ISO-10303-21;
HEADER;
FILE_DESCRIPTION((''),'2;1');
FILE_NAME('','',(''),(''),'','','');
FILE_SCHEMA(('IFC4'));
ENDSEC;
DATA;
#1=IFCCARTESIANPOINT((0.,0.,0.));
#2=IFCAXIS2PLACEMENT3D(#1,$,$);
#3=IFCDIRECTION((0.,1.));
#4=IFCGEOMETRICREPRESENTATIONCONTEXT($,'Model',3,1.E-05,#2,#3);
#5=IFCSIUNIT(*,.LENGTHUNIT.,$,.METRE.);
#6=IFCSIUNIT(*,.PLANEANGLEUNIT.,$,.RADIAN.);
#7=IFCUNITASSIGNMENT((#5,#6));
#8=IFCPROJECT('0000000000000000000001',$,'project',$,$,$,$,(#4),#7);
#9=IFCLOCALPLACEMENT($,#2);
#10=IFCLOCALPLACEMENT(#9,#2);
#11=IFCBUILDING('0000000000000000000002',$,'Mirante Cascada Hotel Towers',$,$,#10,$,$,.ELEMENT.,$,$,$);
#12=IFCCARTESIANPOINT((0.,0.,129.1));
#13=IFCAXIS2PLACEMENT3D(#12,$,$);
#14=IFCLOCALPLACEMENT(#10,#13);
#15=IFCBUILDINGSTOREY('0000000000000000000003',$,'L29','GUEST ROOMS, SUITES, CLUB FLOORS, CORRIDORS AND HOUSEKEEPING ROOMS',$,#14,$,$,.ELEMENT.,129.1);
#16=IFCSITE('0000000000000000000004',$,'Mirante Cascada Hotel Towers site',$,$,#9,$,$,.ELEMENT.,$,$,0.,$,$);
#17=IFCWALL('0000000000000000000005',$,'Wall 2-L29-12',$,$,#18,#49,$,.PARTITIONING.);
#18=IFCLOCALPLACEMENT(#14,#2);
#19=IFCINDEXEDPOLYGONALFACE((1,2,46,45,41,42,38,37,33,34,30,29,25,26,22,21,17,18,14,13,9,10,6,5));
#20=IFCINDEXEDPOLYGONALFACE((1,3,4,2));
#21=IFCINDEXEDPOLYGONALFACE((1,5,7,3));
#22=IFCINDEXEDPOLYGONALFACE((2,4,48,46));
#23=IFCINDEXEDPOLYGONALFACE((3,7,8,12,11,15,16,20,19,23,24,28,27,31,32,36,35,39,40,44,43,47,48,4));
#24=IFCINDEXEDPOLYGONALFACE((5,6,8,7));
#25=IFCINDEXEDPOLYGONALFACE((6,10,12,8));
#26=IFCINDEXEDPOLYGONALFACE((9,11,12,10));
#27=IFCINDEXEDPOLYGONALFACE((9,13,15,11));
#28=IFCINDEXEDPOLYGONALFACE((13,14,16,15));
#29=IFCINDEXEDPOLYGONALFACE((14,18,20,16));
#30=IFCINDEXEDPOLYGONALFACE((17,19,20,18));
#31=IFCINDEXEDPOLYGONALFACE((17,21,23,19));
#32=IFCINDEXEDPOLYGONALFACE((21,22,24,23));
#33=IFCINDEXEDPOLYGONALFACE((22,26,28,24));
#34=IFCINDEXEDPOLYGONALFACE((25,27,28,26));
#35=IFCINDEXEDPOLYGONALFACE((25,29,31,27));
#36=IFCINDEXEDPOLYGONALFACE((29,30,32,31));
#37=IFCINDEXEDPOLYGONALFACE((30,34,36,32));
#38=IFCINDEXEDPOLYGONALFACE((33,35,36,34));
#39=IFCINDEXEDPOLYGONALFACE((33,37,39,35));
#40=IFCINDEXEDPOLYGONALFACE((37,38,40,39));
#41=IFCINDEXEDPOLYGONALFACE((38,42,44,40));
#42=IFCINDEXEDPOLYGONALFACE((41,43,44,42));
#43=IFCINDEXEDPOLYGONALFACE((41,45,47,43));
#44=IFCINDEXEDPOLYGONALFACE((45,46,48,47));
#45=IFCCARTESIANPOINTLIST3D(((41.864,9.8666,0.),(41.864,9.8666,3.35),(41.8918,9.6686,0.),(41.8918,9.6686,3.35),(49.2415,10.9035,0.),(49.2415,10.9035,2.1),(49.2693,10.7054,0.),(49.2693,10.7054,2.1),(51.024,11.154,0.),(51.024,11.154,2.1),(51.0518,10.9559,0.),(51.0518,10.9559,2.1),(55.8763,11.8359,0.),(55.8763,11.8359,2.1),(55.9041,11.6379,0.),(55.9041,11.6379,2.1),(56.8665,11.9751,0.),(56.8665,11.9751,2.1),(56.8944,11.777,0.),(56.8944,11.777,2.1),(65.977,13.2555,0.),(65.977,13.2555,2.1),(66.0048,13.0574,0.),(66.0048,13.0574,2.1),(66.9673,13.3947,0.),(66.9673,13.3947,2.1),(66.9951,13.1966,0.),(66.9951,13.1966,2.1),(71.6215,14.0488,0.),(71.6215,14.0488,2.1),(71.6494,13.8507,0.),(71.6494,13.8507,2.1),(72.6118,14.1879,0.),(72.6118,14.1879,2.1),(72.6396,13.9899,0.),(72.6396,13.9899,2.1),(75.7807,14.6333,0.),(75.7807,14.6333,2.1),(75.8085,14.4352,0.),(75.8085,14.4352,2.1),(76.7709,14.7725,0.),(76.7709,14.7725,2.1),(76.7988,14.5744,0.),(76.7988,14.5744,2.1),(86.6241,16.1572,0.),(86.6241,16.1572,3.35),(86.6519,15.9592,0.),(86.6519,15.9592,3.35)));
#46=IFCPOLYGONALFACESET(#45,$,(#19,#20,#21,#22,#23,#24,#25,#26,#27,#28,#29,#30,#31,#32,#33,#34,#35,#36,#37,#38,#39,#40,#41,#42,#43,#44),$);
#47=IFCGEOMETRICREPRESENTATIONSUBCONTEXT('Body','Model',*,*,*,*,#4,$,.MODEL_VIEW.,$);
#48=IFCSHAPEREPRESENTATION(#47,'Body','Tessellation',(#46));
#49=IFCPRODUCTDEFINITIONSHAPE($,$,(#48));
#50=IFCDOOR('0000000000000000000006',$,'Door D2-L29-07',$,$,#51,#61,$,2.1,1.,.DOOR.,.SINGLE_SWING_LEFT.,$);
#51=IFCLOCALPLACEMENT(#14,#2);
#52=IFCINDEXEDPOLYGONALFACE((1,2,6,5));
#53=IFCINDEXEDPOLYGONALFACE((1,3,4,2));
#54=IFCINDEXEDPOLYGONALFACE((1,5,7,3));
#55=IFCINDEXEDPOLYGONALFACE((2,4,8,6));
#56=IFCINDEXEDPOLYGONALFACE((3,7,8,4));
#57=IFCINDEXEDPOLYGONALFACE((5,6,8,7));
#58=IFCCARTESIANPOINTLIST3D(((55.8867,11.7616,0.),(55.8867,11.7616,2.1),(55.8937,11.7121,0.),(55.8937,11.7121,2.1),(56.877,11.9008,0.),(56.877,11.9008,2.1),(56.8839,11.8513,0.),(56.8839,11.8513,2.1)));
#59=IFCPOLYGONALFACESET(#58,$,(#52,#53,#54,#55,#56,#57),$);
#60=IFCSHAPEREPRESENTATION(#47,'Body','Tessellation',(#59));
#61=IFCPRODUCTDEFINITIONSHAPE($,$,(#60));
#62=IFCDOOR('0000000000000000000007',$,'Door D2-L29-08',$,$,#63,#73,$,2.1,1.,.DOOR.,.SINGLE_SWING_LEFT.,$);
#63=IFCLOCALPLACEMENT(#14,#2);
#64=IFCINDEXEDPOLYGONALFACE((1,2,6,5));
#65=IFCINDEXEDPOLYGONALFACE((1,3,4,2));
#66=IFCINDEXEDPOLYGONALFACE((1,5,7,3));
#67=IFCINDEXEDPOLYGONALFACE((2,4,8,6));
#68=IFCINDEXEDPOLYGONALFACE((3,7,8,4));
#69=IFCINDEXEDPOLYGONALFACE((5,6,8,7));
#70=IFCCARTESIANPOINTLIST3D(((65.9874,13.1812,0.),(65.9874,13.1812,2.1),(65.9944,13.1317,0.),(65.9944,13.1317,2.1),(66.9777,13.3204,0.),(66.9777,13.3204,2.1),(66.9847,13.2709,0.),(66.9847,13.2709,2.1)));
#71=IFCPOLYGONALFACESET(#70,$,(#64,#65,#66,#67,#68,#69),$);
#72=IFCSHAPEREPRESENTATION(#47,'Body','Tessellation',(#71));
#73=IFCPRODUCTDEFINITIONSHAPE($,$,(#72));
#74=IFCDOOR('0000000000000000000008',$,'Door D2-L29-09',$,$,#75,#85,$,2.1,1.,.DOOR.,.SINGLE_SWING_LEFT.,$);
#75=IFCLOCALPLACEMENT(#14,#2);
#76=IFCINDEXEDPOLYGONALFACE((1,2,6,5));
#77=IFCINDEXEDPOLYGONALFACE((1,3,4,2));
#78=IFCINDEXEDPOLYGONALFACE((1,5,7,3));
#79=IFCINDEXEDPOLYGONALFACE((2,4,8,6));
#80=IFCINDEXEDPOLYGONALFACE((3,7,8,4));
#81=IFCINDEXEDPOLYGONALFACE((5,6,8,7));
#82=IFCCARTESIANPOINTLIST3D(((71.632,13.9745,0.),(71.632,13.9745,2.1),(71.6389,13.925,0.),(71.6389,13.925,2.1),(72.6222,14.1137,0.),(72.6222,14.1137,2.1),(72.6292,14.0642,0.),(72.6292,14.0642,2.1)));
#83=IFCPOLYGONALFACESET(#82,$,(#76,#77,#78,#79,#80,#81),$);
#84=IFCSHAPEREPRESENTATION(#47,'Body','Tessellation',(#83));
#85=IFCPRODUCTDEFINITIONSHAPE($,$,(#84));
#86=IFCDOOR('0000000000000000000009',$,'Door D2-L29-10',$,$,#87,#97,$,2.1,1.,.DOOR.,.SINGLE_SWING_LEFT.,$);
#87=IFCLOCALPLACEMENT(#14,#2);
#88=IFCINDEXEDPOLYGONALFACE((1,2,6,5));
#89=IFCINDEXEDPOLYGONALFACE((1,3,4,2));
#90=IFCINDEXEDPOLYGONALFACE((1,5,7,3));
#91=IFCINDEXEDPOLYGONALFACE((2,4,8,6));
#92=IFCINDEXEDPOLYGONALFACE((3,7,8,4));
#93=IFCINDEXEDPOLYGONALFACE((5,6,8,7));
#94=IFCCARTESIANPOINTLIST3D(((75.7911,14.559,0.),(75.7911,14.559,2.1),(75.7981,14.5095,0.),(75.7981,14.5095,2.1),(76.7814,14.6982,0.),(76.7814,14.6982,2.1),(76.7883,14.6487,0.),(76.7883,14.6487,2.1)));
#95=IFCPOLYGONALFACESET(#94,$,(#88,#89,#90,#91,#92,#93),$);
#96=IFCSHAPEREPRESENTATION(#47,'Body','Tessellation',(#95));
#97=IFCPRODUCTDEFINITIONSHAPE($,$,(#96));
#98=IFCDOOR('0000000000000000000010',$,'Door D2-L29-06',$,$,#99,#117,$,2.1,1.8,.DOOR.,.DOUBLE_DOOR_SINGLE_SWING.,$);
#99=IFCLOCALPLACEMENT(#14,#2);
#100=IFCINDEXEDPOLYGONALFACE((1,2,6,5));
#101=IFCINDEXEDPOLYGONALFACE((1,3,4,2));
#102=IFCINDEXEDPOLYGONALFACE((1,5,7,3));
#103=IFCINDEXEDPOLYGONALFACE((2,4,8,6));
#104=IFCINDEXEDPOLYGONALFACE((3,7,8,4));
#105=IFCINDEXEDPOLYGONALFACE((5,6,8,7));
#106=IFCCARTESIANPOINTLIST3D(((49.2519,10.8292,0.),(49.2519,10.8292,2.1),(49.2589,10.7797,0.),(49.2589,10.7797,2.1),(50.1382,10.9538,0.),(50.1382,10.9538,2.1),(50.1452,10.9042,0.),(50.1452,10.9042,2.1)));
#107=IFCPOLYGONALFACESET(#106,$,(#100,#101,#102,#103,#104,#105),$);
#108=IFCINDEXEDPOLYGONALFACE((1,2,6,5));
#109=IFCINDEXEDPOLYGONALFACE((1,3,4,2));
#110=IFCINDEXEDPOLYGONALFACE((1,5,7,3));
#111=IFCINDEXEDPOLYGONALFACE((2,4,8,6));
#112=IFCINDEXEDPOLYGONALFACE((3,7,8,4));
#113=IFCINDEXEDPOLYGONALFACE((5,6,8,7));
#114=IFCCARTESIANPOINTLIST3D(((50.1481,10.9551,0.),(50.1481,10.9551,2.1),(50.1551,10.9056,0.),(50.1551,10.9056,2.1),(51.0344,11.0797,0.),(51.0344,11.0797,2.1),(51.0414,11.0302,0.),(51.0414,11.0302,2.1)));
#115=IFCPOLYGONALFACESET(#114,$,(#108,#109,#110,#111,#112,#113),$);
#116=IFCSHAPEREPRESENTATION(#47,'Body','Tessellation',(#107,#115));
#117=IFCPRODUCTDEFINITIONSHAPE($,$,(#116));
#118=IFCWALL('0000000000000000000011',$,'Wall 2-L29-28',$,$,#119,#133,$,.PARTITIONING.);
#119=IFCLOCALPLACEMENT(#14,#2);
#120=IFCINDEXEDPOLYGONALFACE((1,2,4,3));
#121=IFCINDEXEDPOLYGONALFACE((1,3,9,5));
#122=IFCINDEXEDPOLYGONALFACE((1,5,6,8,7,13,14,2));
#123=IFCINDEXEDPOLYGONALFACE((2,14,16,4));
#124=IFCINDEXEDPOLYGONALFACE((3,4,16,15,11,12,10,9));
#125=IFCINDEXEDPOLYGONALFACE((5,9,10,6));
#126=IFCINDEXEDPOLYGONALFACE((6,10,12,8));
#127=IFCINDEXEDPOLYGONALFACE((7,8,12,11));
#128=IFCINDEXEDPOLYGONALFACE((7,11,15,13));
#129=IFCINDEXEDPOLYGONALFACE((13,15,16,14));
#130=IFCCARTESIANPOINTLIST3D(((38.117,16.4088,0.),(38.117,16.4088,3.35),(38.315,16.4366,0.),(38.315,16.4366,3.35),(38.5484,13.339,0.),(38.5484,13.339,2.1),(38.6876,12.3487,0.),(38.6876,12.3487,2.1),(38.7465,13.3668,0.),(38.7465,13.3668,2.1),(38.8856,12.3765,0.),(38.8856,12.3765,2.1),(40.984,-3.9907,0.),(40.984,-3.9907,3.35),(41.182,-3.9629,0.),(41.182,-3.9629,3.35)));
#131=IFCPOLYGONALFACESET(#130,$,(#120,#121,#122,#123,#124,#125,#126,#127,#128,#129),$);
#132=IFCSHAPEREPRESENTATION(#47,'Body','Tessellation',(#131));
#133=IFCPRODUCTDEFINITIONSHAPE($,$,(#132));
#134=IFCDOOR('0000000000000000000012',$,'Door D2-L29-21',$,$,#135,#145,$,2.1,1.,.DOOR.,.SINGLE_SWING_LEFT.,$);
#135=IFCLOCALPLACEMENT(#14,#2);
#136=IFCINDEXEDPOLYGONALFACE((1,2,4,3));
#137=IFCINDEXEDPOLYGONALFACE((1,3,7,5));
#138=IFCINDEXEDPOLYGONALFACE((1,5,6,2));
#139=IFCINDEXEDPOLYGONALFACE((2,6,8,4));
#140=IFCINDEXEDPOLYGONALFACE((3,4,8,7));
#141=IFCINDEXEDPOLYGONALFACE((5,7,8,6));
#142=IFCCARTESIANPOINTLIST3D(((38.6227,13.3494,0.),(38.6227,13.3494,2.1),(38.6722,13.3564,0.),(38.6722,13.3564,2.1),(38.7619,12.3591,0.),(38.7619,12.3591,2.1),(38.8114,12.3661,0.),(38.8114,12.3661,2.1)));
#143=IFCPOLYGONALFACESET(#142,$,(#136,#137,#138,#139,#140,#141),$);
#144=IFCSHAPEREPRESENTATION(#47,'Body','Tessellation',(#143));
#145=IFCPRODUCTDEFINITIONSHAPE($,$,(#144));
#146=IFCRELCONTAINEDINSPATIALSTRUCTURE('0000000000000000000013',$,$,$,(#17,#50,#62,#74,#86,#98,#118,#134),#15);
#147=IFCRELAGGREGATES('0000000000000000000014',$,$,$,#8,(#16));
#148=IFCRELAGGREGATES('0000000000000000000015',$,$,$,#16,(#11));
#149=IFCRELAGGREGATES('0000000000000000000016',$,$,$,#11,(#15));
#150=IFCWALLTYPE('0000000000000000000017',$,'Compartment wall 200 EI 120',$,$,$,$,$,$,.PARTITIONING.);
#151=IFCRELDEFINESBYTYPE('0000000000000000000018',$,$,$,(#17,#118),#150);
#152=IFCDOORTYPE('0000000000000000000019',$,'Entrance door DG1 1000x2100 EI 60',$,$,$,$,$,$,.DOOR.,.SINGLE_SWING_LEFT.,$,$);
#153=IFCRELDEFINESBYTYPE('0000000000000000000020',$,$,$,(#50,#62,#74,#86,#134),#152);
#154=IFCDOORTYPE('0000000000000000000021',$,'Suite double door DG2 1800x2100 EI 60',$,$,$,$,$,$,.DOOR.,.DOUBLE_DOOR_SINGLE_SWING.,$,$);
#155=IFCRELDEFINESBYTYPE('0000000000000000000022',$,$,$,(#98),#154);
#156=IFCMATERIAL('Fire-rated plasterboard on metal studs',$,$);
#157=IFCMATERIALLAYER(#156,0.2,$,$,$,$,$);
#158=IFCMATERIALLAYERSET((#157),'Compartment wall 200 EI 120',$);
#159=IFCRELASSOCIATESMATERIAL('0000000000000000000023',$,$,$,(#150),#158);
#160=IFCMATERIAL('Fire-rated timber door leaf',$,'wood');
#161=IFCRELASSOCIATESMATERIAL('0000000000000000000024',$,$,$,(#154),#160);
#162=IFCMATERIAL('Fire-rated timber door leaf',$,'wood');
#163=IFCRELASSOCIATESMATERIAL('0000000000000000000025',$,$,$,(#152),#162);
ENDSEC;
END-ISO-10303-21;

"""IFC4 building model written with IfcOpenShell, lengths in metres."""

from ifc_helpers import new_model, si_unit, direction, frame, frame_2d, origin, place, context, subcontext, project, spatial, rectangle, extrude, material, layer, layer_set, type_object, element, fill, save


model = new_model("IFC4")

# Units and contexts
model_context = context("Model", 3, precision=1e-05, world=origin(), true_north=direction((0.0, 1.0)))
body_context = subcontext(model_context, "Body", "Model", "MODEL_VIEW")
ifc_project = project(units=[si_unit("LENGTHUNIT", "METRE"), si_unit("PLANEANGLEUNIT", "RADIAN")], contexts=[model_context])

# Site, building, storey
site_placement = place(None, origin())
site = spatial("IfcSite", under=ifc_project, at=site_placement, Name="Mirante Cascada Hotel Towers site", CompositionType="ELEMENT", RefElevation=0.0)
building_placement = place(site_placement, origin())
building = spatial("IfcBuilding", under=site, at=building_placement, Name="Mirante Cascada Hotel Towers", CompositionType="ELEMENT")
storey_placement = place(building_placement, frame((0.0, 0.0, 129.1)))
storey = spatial("IfcBuildingStorey", under=building, at=storey_placement, Name="L29", Description="GUEST ROOMS, SUITES, CLUB FLOORS, CORRIDORS AND HOUSEKEEPING ROOMS", CompositionType="ELEMENT", Elevation=129.1)

# Shared definitions
ifc_material_1 = material(Name="Fire-rated plasterboard on metal studs")
ifc_layer_1 = layer(ifc_material_1, 0.2)
ifc_layer_set_1 = layer_set([ifc_layer_1], Name="Compartment wall 200 EI 120")
wall_type_1 = type_object("IfcWallType", Name="Compartment wall 200 EI 120", PredefinedType="PARTITIONING", material=ifc_layer_set_1)
ifc_material_2 = material(Name="Fire-rated timber door leaf", Category="wood")
door_type_1 = type_object("IfcDoorType", Name="Suite double door DG2 1800x2100 EI 60", OperationType="DOUBLE_DOOR_SINGLE_SWING", PredefinedType="DOOR", material=ifc_material_2)

# Wall, openings, doors
wall_1_placement = place(storey_placement, frame((41.8779, 9.7676, 0.0), z_axis=(0.0, 0.0, 1.0), x_axis=(0.990268, 0.139173, 0.0)))
wall_1 = element("IfcWall", 1, at=wall_1_placement, inside=storey, type_object=wall_type_1, Name="Wall 2-L29-12", PredefinedType="PARTITIONING", context=body_context, shape_type="SweptSolid", body=[
    extrude(rectangle(XDim=45.2, YDim=0.2, at=frame_2d((22.6, 0.0))), origin(), (0.0, 0.0, 1.0), 3.35),
])
opening_1_placement = place(wall_1_placement, frame((7.45, 0.0, 0.0)))
opening_1 = element("IfcOpeningElement", 2, at=opening_1_placement, cuts=wall_1, PredefinedType="OPENING", context=body_context, shape_type="SweptSolid", body=[
    extrude(rectangle(XDim=1.8, YDim=2.1, at=frame_2d((0.9, 1.05))), frame((0.0, 0.1, 0.0), z_axis=(0.0, -1.0, 0.0), x_axis=(1.0, 0.0, 0.0)), (0.0, 0.0, 1.0), 0.2),
])
opening_2_placement = place(wall_1_placement, frame((14.15, 0.0, 0.0)))
opening_2 = element("IfcOpeningElement", 3, at=opening_2_placement, cuts=wall_1, PredefinedType="OPENING", context=body_context, shape_type="SweptSolid", body=[
    extrude(rectangle(XDim=1.0, YDim=2.1, at=frame_2d((0.5, 1.05))), frame((0.0, 0.1, 0.0), z_axis=(0.0, -1.0, 0.0), x_axis=(1.0, 0.0, 0.0)), (0.0, 0.0, 1.0), 0.2),
])
opening_3_placement = place(wall_1_placement, frame((24.35, 0.0, 0.0)))
opening_3 = element("IfcOpeningElement", 4, at=opening_3_placement, cuts=wall_1, PredefinedType="OPENING", context=body_context, shape_type="SweptSolid", body=[
    extrude(rectangle(XDim=1.0, YDim=2.1, at=frame_2d((0.5, 1.05))), frame((0.0, 0.1, 0.0), z_axis=(0.0, -1.0, 0.0), x_axis=(1.0, 0.0, 0.0)), (0.0, 0.0, 1.0), 0.2),
])
opening_4_placement = place(wall_1_placement, frame((30.05, 0.0, 0.0)))
opening_4 = element("IfcOpeningElement", 5, at=opening_4_placement, cuts=wall_1, PredefinedType="OPENING", context=body_context, shape_type="SweptSolid", body=[
    extrude(rectangle(XDim=1.0, YDim=2.1, at=frame_2d((0.5, 1.05))), frame((0.0, 0.1, 0.0), z_axis=(0.0, -1.0, 0.0), x_axis=(1.0, 0.0, 0.0)), (0.0, 0.0, 1.0), 0.2),
])
opening_5_placement = place(wall_1_placement, frame((34.25, 0.0, 0.0)))
opening_5 = element("IfcOpeningElement", 6, at=opening_5_placement, cuts=wall_1, PredefinedType="OPENING", context=body_context, shape_type="SweptSolid", body=[
    extrude(rectangle(XDim=1.0, YDim=2.1, at=frame_2d((0.5, 1.05))), frame((0.0, 0.1, 0.0), z_axis=(0.0, -1.0, 0.0), x_axis=(1.0, 0.0, 0.0)), (0.0, 0.0, 1.0), 0.2),
])
ifc_material_3 = material(Name="Fire-rated timber door leaf", Category="wood")
door_type_2 = type_object("IfcDoorType", Name="Entrance door DG1 1000x2100 EI 60", OperationType="SINGLE_SWING_LEFT", PredefinedType="DOOR", material=ifc_material_3)
door_1_placement = place(opening_2_placement, origin())
door_1 = element("IfcDoor", 7, at=door_1_placement, inside=storey, type_object=door_type_2, Name="Door D2-L29-07", OperationType="SINGLE_SWING_LEFT", OverallHeight=2.1, OverallWidth=1.0, PredefinedType="DOOR", context=body_context, shape_type="SweptSolid", body=[
    extrude(rectangle(XDim=1.0, YDim=2.1, at=frame_2d((0.5, 1.05))), frame((0.0, 0.025, 0.0), z_axis=(0.0, -1.0, 0.0), x_axis=(1.0, 0.0, 0.0)), (0.0, 0.0, 1.0), 0.05),
])
fill(opening_2, door_1)
door_2_placement = place(opening_3_placement, origin())
door_2 = element("IfcDoor", 8, at=door_2_placement, inside=storey, type_object=door_type_2, Name="Door D2-L29-08", OperationType="SINGLE_SWING_LEFT", OverallHeight=2.1, OverallWidth=1.0, PredefinedType="DOOR", context=body_context, shape_type="SweptSolid", body=[
    extrude(rectangle(XDim=1.0, YDim=2.1, at=frame_2d((0.5, 1.05))), frame((0.0, 0.025, 0.0), z_axis=(0.0, -1.0, 0.0), x_axis=(1.0, 0.0, 0.0)), (0.0, 0.0, 1.0), 0.05),
])
fill(opening_3, door_2)
door_3_placement = place(opening_4_placement, origin())
door_3 = element("IfcDoor", 9, at=door_3_placement, inside=storey, type_object=door_type_2, Name="Door D2-L29-09", OperationType="SINGLE_SWING_LEFT", OverallHeight=2.1, OverallWidth=1.0, PredefinedType="DOOR", context=body_context, shape_type="SweptSolid", body=[
    extrude(rectangle(XDim=1.0, YDim=2.1, at=frame_2d((0.5, 1.05))), frame((0.0, 0.025, 0.0), z_axis=(0.0, -1.0, 0.0), x_axis=(1.0, 0.0, 0.0)), (0.0, 0.0, 1.0), 0.05),
])
fill(opening_4, door_3)
door_4_placement = place(opening_5_placement, origin())
door_4 = element("IfcDoor", 10, at=door_4_placement, inside=storey, type_object=door_type_2, Name="Door D2-L29-10", OperationType="SINGLE_SWING_LEFT", OverallHeight=2.1, OverallWidth=1.0, PredefinedType="DOOR", context=body_context, shape_type="SweptSolid", body=[
    extrude(rectangle(XDim=1.0, YDim=2.1, at=frame_2d((0.5, 1.05))), frame((0.0, 0.025, 0.0), z_axis=(0.0, -1.0, 0.0), x_axis=(1.0, 0.0, 0.0)), (0.0, 0.0, 1.0), 0.05),
])
fill(opening_5, door_4)
door_5_placement = place(opening_1_placement, origin())
door_5 = element("IfcDoor", 11, at=door_5_placement, inside=storey, type_object=door_type_1, Name="Door D2-L29-06", OperationType="DOUBLE_DOOR_SINGLE_SWING", OverallHeight=2.1, OverallWidth=1.8, PredefinedType="DOOR", context=body_context, shape_type="SweptSolid", body=[
    extrude(rectangle(XDim=0.895, YDim=2.1, at=frame_2d((0.4475, 1.05))), frame((0.0, 0.025, 0.0), z_axis=(0.0, -1.0, 0.0), x_axis=(1.0, 0.0, 0.0)), (0.0, 0.0, 1.0), 0.05),
    extrude(rectangle(XDim=0.895, YDim=2.1, at=frame_2d((1.3525, 1.05))), frame((0.0, 0.025, 0.0), z_axis=(0.0, -1.0, 0.0), x_axis=(1.0, 0.0, 0.0)), (0.0, 0.0, 1.0), 0.05),
])
fill(opening_1, door_5)

# Wall, opening, door
wall_2_placement = place(storey_placement, frame((41.083, -3.9768, 0.0), z_axis=(0.0, 0.0, 1.0), x_axis=(-0.139175, 0.990268, 0.0)))
wall_2 = element("IfcWall", 12, at=wall_2_placement, inside=storey, type_object=wall_type_1, Name="Wall 2-L29-28", PredefinedType="PARTITIONING", context=body_context, shape_type="SweptSolid", body=[
    extrude(rectangle(XDim=20.6, YDim=0.2, at=frame_2d((10.3, 0.0))), origin(), (0.0, 0.0, 1.0), 3.35),
])
opening_6_placement = place(wall_2_placement, frame((16.5, 0.0, 0.0)))
opening_6 = element("IfcOpeningElement", 13, at=opening_6_placement, cuts=wall_2, PredefinedType="OPENING", context=body_context, shape_type="SweptSolid", body=[
    extrude(rectangle(XDim=1.0, YDim=2.1, at=frame_2d((0.5, 1.05))), frame((0.0, 0.1, 0.0), z_axis=(0.0, -1.0, 0.0), x_axis=(1.0, 0.0, 0.0)), (0.0, 0.0, 1.0), 0.2),
])
door_6_placement = place(opening_6_placement, origin())
door_6 = element("IfcDoor", 14, at=door_6_placement, inside=storey, type_object=door_type_2, Name="Door D2-L29-21", OperationType="SINGLE_SWING_LEFT", OverallHeight=2.1, OverallWidth=1.0, PredefinedType="DOOR", context=body_context, shape_type="SweptSolid", body=[
    extrude(rectangle(XDim=1.0, YDim=2.1, at=frame_2d((0.5, 1.05))), frame((0.0, 0.025, 0.0), z_axis=(0.0, -1.0, 0.0), x_axis=(1.0, 0.0, 0.0)), (0.0, 0.0, 1.0), 0.05),
])
fill(opening_6, door_6)

save(model, "model.ifc")
